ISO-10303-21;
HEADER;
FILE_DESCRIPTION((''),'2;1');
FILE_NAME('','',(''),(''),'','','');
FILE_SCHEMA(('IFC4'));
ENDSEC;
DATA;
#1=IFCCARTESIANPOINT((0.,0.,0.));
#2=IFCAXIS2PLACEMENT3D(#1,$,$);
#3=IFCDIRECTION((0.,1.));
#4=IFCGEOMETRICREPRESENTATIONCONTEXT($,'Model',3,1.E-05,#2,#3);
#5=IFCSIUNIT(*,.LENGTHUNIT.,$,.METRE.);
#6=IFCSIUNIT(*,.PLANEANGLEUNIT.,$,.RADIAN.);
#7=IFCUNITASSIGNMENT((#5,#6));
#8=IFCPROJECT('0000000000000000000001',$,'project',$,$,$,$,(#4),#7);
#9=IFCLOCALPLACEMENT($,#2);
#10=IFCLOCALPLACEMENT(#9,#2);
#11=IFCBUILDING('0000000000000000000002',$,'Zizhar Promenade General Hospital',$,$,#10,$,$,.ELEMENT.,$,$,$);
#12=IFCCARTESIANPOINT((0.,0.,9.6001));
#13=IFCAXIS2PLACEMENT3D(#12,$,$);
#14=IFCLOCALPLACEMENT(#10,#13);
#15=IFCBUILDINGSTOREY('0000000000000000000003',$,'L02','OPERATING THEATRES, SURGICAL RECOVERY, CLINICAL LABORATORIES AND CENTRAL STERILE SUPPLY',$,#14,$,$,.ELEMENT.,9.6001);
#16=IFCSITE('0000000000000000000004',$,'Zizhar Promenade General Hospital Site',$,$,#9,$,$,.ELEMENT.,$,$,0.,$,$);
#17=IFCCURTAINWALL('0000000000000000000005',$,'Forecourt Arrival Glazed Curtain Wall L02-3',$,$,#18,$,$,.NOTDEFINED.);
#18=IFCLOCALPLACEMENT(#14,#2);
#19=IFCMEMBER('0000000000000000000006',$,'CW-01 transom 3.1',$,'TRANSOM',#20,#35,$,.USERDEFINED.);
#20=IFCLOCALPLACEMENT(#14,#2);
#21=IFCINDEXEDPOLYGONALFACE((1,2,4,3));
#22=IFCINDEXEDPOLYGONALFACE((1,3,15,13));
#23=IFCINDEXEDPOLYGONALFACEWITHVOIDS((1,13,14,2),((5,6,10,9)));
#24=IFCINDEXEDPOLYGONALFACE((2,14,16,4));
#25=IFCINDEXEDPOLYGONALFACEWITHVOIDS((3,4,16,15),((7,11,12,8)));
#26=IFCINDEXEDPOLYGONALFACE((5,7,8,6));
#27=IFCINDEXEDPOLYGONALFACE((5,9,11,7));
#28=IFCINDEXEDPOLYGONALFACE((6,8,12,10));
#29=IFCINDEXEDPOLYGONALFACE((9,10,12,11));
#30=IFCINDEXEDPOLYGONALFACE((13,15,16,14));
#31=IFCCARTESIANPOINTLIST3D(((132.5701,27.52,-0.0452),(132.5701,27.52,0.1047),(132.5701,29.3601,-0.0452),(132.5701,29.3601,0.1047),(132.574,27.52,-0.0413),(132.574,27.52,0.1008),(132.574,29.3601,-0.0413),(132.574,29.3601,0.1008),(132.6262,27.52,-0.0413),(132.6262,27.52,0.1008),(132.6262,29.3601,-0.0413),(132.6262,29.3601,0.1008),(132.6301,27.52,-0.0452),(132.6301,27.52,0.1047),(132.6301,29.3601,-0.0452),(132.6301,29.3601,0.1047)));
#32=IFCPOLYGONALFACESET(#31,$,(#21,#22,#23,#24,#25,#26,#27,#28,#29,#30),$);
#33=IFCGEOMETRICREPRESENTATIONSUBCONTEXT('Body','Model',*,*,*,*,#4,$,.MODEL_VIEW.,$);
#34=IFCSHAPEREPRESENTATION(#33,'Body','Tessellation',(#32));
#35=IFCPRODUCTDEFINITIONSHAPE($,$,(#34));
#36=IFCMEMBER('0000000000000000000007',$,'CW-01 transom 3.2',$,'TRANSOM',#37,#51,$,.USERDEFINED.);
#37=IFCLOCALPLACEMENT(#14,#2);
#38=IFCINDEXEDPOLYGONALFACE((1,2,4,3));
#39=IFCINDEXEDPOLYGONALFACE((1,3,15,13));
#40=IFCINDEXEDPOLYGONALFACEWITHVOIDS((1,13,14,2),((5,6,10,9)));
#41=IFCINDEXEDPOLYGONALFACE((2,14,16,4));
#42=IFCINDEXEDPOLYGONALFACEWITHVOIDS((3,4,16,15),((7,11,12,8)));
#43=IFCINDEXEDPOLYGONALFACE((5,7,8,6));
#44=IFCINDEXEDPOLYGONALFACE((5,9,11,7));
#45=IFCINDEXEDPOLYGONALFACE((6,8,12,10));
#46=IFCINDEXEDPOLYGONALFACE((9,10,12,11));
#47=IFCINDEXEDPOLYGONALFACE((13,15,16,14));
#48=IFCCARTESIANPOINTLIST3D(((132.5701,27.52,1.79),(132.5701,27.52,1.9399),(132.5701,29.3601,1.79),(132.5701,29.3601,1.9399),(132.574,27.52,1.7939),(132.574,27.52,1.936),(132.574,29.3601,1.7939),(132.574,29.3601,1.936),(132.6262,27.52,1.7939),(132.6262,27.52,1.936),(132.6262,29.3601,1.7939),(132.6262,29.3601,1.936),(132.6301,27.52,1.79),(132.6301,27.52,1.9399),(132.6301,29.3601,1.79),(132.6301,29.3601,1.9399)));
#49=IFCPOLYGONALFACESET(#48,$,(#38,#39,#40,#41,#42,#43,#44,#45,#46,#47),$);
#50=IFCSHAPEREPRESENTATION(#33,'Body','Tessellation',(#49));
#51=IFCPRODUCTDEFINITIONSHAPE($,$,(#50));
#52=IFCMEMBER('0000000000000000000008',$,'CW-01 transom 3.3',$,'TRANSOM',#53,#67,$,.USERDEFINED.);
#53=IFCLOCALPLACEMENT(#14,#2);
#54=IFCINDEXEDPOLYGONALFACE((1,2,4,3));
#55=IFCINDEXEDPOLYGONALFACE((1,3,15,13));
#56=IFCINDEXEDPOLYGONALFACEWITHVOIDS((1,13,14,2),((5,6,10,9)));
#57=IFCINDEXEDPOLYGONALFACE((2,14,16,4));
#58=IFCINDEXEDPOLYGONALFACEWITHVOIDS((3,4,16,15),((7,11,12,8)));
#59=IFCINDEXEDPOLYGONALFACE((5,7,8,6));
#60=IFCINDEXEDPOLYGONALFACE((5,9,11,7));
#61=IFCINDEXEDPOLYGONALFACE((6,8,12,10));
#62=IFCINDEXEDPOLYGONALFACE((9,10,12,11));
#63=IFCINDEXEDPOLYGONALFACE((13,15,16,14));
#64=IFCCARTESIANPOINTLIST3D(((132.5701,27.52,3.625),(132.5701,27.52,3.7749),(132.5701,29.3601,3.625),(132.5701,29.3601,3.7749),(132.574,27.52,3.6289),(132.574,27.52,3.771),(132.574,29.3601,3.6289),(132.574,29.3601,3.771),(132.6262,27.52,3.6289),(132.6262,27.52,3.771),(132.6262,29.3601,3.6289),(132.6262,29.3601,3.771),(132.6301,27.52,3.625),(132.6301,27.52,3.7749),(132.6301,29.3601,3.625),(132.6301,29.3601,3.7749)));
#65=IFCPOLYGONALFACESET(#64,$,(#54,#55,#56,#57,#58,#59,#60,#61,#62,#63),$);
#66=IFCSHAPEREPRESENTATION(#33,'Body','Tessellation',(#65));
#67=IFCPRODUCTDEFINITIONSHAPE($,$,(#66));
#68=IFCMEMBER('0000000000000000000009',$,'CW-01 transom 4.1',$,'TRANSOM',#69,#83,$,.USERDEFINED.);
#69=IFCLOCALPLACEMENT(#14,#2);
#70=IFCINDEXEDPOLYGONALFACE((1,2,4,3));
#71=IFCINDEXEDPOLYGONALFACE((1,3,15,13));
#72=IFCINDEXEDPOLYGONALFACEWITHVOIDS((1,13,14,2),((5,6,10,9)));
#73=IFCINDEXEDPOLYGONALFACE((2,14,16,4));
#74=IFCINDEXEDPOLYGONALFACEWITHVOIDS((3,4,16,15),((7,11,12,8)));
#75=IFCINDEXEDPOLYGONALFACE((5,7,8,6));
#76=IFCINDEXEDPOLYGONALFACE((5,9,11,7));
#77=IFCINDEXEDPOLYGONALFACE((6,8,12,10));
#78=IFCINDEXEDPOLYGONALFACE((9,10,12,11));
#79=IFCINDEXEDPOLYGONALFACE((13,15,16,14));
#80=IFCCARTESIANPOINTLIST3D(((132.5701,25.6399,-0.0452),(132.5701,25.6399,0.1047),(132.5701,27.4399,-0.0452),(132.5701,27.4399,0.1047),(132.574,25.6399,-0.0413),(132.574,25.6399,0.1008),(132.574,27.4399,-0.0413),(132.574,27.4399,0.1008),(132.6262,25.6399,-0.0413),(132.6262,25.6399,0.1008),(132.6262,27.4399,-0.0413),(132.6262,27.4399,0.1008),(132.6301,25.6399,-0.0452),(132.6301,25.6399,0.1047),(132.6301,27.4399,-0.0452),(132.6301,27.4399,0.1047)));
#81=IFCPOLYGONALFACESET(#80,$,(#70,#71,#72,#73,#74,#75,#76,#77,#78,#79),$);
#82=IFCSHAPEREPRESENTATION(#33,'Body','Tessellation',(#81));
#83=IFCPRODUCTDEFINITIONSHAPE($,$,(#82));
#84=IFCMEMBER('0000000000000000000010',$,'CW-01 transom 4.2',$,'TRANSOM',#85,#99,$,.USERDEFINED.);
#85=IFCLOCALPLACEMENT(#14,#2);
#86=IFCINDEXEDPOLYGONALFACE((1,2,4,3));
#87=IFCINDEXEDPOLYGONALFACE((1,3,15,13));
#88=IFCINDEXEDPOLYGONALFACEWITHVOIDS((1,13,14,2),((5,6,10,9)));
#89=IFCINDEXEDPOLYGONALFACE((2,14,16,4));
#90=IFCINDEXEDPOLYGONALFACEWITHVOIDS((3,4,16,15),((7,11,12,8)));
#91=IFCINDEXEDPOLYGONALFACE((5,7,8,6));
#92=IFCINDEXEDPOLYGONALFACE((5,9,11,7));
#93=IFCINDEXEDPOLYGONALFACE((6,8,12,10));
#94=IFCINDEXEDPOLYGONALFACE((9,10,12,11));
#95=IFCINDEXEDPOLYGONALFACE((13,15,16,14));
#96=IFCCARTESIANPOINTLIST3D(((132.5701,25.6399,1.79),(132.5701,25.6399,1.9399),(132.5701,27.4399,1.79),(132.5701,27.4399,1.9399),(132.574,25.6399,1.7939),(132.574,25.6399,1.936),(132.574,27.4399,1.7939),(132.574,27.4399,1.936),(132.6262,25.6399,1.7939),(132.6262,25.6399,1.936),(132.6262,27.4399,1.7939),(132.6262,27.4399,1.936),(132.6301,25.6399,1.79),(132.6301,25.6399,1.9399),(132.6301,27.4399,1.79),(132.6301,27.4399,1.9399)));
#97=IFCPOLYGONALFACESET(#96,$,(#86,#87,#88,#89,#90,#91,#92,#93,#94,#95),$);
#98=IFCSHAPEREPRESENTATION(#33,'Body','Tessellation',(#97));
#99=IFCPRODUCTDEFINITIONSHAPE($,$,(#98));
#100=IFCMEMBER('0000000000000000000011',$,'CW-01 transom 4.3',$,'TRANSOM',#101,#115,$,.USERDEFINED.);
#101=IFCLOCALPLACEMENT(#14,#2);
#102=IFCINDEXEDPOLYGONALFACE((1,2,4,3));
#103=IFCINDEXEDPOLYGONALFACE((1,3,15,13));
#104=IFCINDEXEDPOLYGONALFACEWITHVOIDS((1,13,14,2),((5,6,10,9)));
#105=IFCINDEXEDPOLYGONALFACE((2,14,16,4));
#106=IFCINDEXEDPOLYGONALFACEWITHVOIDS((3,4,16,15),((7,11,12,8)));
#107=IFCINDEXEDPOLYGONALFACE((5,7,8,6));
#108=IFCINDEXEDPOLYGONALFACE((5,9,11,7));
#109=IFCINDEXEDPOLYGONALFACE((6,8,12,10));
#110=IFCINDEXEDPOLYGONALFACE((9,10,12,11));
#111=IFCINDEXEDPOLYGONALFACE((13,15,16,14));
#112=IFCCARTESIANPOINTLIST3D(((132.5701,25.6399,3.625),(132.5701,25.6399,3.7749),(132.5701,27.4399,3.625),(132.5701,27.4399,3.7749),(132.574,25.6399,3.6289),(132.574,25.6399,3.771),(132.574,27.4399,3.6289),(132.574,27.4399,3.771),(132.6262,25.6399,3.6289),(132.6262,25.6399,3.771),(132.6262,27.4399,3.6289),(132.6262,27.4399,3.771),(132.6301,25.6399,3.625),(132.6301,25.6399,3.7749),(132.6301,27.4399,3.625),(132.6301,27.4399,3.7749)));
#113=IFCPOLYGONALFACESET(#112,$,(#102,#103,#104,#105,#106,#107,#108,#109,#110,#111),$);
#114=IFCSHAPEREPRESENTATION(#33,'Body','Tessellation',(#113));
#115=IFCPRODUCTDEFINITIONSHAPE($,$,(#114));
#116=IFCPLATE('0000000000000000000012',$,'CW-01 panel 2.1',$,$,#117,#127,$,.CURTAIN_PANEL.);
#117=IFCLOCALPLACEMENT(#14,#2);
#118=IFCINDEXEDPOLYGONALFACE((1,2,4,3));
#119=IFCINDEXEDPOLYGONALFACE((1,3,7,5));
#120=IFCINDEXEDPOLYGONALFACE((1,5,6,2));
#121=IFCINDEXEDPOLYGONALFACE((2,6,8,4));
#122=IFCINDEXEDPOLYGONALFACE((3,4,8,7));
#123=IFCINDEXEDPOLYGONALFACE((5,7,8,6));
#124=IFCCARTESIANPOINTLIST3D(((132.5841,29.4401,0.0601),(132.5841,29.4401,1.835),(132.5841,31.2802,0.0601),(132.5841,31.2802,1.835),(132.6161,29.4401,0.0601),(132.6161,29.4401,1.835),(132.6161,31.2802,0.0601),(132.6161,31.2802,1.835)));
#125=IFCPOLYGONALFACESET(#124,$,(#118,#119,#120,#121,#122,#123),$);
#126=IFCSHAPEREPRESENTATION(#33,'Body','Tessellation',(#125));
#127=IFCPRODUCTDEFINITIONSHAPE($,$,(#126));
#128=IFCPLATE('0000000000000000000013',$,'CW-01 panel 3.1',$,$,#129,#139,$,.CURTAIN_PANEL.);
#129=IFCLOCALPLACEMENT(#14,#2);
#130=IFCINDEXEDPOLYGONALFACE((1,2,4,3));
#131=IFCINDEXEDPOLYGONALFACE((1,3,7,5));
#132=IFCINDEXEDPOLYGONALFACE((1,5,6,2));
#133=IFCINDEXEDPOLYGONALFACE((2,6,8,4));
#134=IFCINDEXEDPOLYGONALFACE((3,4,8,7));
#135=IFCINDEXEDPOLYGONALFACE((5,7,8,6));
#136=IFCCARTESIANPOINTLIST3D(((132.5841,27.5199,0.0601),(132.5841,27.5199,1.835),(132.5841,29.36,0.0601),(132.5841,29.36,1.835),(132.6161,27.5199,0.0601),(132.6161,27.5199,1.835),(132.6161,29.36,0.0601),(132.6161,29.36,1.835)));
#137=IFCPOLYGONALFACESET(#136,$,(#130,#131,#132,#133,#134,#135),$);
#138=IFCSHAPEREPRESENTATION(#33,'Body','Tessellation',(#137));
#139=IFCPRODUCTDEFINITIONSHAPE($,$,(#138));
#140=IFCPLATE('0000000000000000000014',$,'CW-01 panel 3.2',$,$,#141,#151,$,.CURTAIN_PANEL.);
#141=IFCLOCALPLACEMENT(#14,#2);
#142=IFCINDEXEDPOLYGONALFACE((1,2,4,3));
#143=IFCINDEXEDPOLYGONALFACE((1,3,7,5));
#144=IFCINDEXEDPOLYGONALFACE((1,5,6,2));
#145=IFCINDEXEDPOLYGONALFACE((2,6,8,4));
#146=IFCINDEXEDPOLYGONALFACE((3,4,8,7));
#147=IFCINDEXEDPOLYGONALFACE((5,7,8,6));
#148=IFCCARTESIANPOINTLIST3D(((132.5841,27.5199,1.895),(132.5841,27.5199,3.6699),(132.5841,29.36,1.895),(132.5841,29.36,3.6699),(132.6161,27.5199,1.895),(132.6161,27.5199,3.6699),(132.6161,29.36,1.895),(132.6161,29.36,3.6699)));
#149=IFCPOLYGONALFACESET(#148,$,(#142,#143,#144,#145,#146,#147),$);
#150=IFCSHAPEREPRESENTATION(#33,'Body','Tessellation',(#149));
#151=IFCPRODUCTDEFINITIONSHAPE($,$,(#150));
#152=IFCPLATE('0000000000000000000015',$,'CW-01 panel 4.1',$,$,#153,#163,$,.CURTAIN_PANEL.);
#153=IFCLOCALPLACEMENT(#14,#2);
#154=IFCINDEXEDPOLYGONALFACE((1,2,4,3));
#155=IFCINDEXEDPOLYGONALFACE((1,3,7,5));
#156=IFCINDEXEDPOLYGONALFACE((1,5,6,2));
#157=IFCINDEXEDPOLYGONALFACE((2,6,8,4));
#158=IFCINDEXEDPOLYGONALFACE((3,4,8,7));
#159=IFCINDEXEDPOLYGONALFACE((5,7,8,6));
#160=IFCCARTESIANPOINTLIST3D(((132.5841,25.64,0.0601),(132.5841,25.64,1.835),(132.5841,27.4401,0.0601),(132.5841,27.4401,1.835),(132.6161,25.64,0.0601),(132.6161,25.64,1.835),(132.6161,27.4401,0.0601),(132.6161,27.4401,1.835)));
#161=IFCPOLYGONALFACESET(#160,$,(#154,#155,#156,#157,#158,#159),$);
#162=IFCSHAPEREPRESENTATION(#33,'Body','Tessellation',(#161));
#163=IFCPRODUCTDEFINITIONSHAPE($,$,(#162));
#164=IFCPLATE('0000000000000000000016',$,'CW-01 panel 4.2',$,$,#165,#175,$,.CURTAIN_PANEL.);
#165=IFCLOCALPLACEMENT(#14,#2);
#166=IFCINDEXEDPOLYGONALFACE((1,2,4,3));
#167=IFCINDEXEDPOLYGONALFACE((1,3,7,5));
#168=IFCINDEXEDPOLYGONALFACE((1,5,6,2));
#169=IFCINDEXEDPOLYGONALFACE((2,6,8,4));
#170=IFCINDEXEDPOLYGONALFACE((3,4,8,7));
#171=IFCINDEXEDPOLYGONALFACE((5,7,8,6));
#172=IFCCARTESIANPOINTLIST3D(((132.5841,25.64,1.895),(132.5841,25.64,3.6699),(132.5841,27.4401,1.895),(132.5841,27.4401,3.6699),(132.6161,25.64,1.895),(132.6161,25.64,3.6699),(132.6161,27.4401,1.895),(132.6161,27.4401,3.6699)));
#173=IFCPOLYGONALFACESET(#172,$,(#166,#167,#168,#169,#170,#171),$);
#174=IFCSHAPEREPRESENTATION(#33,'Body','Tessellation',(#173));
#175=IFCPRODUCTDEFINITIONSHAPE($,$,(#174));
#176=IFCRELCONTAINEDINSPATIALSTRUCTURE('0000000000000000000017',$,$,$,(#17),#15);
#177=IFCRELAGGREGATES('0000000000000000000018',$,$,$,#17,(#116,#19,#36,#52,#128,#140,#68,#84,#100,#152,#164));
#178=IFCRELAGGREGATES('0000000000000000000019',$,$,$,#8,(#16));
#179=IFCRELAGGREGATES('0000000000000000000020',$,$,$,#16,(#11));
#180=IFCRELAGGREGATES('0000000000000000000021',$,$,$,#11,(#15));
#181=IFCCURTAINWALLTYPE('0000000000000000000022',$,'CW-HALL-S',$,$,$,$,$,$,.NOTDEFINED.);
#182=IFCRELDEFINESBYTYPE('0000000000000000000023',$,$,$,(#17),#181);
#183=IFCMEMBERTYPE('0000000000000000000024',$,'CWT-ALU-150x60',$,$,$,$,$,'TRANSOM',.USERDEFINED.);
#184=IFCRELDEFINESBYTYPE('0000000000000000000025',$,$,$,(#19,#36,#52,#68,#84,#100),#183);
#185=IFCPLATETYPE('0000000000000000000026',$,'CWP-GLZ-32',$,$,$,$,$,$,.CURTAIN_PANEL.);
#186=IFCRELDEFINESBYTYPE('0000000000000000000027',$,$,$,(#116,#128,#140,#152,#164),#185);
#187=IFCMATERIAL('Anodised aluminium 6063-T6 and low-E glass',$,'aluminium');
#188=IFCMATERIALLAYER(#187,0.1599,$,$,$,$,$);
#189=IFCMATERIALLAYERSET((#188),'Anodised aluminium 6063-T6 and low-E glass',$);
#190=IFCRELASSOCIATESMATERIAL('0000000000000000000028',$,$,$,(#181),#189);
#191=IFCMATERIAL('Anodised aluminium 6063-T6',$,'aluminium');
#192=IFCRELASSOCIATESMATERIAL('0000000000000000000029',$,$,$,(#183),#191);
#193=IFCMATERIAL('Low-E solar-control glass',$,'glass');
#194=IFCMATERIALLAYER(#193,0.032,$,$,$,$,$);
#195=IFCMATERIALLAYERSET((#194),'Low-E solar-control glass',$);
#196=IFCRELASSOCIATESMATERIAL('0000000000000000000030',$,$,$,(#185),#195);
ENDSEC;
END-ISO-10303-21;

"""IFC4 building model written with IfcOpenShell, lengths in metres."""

from ifc_helpers import new_model, si_unit, direction, frame, origin, origin_2d, place, context, subcontext, project, spatial, rectangle, hollow_rectangle, extrude, material, layer, layer_set, material_profile, profile_set, type_object, element, aggregate, save


model = new_model("IFC4")

# Units and contexts
model_context = context("Model", 3, precision=1e-05, world=origin(), true_north=direction((0.0, 1.0)))
body_context = subcontext(model_context, "Body", "Model", "MODEL_VIEW")
ifc_project = project(units=[si_unit("LENGTHUNIT", "METRE"), si_unit("PLANEANGLEUNIT", "RADIAN")], contexts=[model_context])

# Site, building, storey
site_placement = place(None, origin())
site = spatial("IfcSite", under=ifc_project, at=site_placement, Name="Zizhar Promenade General Hospital Site", CompositionType="ELEMENT", RefElevation=0.0)
building_placement = place(site_placement, origin())
building = spatial("IfcBuilding", under=site, at=building_placement, Name="Zizhar Promenade General Hospital", CompositionType="ELEMENT")
storey_placement = place(building_placement, frame((0.0, 0.0, 9.6001)))
storey = spatial("IfcBuildingStorey", under=building, at=storey_placement, Name="L02", Description="OPERATING THEATRES, SURGICAL RECOVERY, CLINICAL LABORATORIES AND CENTRAL STERILE SUPPLY", CompositionType="ELEMENT", Elevation=9.6001)

# Curtain wall, members, plates
ifc_material_1 = material(Name="Anodised aluminium 6063-T6 and low-E glass", Category="aluminium")
ifc_layer_1 = layer(ifc_material_1, 0.1599)
ifc_layer_set_1 = layer_set([ifc_layer_1], Name="Anodised aluminium 6063-T6 and low-E glass")
curtain_wall_type = type_object("IfcCurtainWallType", Name="CW-HALL-S", PredefinedType="NOTDEFINED", material=ifc_layer_set_1)
curtain_wall_placement = place(storey_placement, origin())
curtain_wall = element("IfcCurtainWall", 1, at=curtain_wall_placement, inside=storey, type_object=curtain_wall_type, Name="Forecourt Arrival Glazed Curtain Wall L02-3", PredefinedType="NOTDEFINED")
ifc_material_2 = material(Name="Anodised aluminium 6063-T6", Category="aluminium")
ifc_material_profile_1 = material_profile(ifc_material_2, hollow_rectangle(XDim=0.0601, YDim=0.1499, WallThickness=0.0039, at=origin_2d()))
ifc_profile_set_1 = profile_set([ifc_material_profile_1], Name="Anodised aluminium 6063-T6")
member_type_1 = type_object("IfcMemberType", Name="CWT-ALU-150x60", ElementType="TRANSOM", PredefinedType="USERDEFINED", material=ifc_profile_set_1)
member_1_placement = place(storey_placement, frame((132.6001, 29.3601, 0.0298), z_axis=(0.0, -1.0, 0.0), x_axis=(1.0, 0.0, 0.0)))
member_1 = element("IfcMember", 2, at=member_1_placement, type_object=member_type_1, Name="CW-01 transom 3.1", ObjectType="TRANSOM", PredefinedType="USERDEFINED", context=body_context, shape_type="SweptSolid", body=[
    extrude(hollow_rectangle(XDim=0.0601, YDim=0.1499, WallThickness=0.0039, at=origin_2d()), origin(), (0.0, 0.0, 1.0), 1.8401),
])
member_2_placement = place(storey_placement, frame((132.6001, 29.3601, 1.865), z_axis=(0.0, -1.0, 0.0), x_axis=(1.0, 0.0, 0.0)))
member_2 = element("IfcMember", 3, at=member_2_placement, type_object=member_type_1, Name="CW-01 transom 3.2", ObjectType="TRANSOM", PredefinedType="USERDEFINED", context=body_context, shape_type="SweptSolid", body=[
    extrude(hollow_rectangle(XDim=0.0601, YDim=0.1499, WallThickness=0.0039, at=origin_2d()), origin(), (0.0, 0.0, 1.0), 1.8401),
])
member_3_placement = place(storey_placement, frame((132.6001, 29.3601, 3.7), z_axis=(0.0, -1.0, 0.0), x_axis=(1.0, 0.0, 0.0)))
member_3 = element("IfcMember", 4, at=member_3_placement, type_object=member_type_1, Name="CW-01 transom 3.3", ObjectType="TRANSOM", PredefinedType="USERDEFINED", context=body_context, shape_type="SweptSolid", body=[
    extrude(hollow_rectangle(XDim=0.0601, YDim=0.1499, WallThickness=0.0039, at=origin_2d()), origin(), (0.0, 0.0, 1.0), 1.8401),
])
member_4_placement = place(storey_placement, frame((132.6001, 27.4399, 0.0298), z_axis=(0.0, -1.0, 0.0), x_axis=(1.0, 0.0, 0.0)))
member_4 = element("IfcMember", 5, at=member_4_placement, type_object=member_type_1, Name="CW-01 transom 4.1", ObjectType="TRANSOM", PredefinedType="USERDEFINED", context=body_context, shape_type="SweptSolid", body=[
    extrude(hollow_rectangle(XDim=0.0601, YDim=0.1499, WallThickness=0.0039, at=origin_2d()), origin(), (0.0, 0.0, 1.0), 1.8),
])
member_5_placement = place(storey_placement, frame((132.6001, 27.4399, 1.865), z_axis=(0.0, -1.0, 0.0), x_axis=(1.0, 0.0, 0.0)))
member_5 = element("IfcMember", 6, at=member_5_placement, type_object=member_type_1, Name="CW-01 transom 4.2", ObjectType="TRANSOM", PredefinedType="USERDEFINED", context=body_context, shape_type="SweptSolid", body=[
    extrude(hollow_rectangle(XDim=0.0601, YDim=0.1499, WallThickness=0.0039, at=origin_2d()), origin(), (0.0, 0.0, 1.0), 1.8),
])
member_6_placement = place(storey_placement, frame((132.6001, 27.4399, 3.7), z_axis=(0.0, -1.0, 0.0), x_axis=(1.0, 0.0, 0.0)))
member_6 = element("IfcMember", 7, at=member_6_placement, type_object=member_type_1, Name="CW-01 transom 4.3", ObjectType="TRANSOM", PredefinedType="USERDEFINED", context=body_context, shape_type="SweptSolid", body=[
    extrude(hollow_rectangle(XDim=0.0601, YDim=0.1499, WallThickness=0.0039, at=origin_2d()), origin(), (0.0, 0.0, 1.0), 1.8),
])
ifc_material_3 = material(Name="Low-E solar-control glass", Category="glass")
ifc_layer_2 = layer(ifc_material_3, 0.032)
ifc_layer_set_2 = layer_set([ifc_layer_2], Name="Low-E solar-control glass")
plate_type = type_object("IfcPlateType", Name="CWP-GLZ-32", PredefinedType="CURTAIN_PANEL", material=ifc_layer_set_2)
plate_1_placement = place(storey_placement, frame((132.6001, 30.3601, 0.0601), z_axis=(0.0, 0.0, 1.0), x_axis=(0.0, -1.0, 0.0)))
plate_1 = element("IfcPlate", 8, at=plate_1_placement, type_object=plate_type, Name="CW-01 panel 2.1", PredefinedType="CURTAIN_PANEL", context=body_context, shape_type="SweptSolid", body=[
    extrude(rectangle(XDim=1.8401, YDim=0.032, at=origin_2d()), origin(), (0.0, 0.0, 1.0), 1.7749),
])
plate_2_placement = place(storey_placement, frame((132.6001, 28.4399, 0.0601), z_axis=(0.0, 0.0, 1.0), x_axis=(0.0, -1.0, 0.0)))
plate_2 = element("IfcPlate", 9, at=plate_2_placement, type_object=plate_type, Name="CW-01 panel 3.1", PredefinedType="CURTAIN_PANEL", context=body_context, shape_type="SweptSolid", body=[
    extrude(rectangle(XDim=1.8401, YDim=0.032, at=origin_2d()), origin(), (0.0, 0.0, 1.0), 1.7749),
])
plate_3_placement = place(storey_placement, frame((132.6001, 28.4399, 1.895), z_axis=(0.0, 0.0, 1.0), x_axis=(0.0, -1.0, 0.0)))
plate_3 = element("IfcPlate", 10, at=plate_3_placement, type_object=plate_type, Name="CW-01 panel 3.2", PredefinedType="CURTAIN_PANEL", context=body_context, shape_type="SweptSolid", body=[
    extrude(rectangle(XDim=1.8401, YDim=0.032, at=origin_2d()), origin(), (0.0, 0.0, 1.0), 1.7749),
])
plate_4_placement = place(storey_placement, frame((132.6001, 26.54, 0.0601), z_axis=(0.0, 0.0, 1.0), x_axis=(0.0, -1.0, 0.0)))
plate_4 = element("IfcPlate", 11, at=plate_4_placement, type_object=plate_type, Name="CW-01 panel 4.1", PredefinedType="CURTAIN_PANEL", context=body_context, shape_type="SweptSolid", body=[
    extrude(rectangle(XDim=1.8, YDim=0.032, at=origin_2d()), origin(), (0.0, 0.0, 1.0), 1.7749),
])
plate_5_placement = place(storey_placement, frame((132.6001, 26.54, 1.895), z_axis=(0.0, 0.0, 1.0), x_axis=(0.0, -1.0, 0.0)))
plate_5 = element("IfcPlate", 12, at=plate_5_placement, type_object=plate_type, Name="CW-01 panel 4.2", PredefinedType="CURTAIN_PANEL", context=body_context, shape_type="SweptSolid", body=[
    extrude(rectangle(XDim=1.8, YDim=0.032, at=origin_2d()), origin(), (0.0, 0.0, 1.0), 1.7749),
])
aggregate(curtain_wall, [plate_1, member_1, member_2, member_3, plate_2, plate_3, member_4, member_5, member_6, plate_4, plate_5])

save(model, "model.ifc")
